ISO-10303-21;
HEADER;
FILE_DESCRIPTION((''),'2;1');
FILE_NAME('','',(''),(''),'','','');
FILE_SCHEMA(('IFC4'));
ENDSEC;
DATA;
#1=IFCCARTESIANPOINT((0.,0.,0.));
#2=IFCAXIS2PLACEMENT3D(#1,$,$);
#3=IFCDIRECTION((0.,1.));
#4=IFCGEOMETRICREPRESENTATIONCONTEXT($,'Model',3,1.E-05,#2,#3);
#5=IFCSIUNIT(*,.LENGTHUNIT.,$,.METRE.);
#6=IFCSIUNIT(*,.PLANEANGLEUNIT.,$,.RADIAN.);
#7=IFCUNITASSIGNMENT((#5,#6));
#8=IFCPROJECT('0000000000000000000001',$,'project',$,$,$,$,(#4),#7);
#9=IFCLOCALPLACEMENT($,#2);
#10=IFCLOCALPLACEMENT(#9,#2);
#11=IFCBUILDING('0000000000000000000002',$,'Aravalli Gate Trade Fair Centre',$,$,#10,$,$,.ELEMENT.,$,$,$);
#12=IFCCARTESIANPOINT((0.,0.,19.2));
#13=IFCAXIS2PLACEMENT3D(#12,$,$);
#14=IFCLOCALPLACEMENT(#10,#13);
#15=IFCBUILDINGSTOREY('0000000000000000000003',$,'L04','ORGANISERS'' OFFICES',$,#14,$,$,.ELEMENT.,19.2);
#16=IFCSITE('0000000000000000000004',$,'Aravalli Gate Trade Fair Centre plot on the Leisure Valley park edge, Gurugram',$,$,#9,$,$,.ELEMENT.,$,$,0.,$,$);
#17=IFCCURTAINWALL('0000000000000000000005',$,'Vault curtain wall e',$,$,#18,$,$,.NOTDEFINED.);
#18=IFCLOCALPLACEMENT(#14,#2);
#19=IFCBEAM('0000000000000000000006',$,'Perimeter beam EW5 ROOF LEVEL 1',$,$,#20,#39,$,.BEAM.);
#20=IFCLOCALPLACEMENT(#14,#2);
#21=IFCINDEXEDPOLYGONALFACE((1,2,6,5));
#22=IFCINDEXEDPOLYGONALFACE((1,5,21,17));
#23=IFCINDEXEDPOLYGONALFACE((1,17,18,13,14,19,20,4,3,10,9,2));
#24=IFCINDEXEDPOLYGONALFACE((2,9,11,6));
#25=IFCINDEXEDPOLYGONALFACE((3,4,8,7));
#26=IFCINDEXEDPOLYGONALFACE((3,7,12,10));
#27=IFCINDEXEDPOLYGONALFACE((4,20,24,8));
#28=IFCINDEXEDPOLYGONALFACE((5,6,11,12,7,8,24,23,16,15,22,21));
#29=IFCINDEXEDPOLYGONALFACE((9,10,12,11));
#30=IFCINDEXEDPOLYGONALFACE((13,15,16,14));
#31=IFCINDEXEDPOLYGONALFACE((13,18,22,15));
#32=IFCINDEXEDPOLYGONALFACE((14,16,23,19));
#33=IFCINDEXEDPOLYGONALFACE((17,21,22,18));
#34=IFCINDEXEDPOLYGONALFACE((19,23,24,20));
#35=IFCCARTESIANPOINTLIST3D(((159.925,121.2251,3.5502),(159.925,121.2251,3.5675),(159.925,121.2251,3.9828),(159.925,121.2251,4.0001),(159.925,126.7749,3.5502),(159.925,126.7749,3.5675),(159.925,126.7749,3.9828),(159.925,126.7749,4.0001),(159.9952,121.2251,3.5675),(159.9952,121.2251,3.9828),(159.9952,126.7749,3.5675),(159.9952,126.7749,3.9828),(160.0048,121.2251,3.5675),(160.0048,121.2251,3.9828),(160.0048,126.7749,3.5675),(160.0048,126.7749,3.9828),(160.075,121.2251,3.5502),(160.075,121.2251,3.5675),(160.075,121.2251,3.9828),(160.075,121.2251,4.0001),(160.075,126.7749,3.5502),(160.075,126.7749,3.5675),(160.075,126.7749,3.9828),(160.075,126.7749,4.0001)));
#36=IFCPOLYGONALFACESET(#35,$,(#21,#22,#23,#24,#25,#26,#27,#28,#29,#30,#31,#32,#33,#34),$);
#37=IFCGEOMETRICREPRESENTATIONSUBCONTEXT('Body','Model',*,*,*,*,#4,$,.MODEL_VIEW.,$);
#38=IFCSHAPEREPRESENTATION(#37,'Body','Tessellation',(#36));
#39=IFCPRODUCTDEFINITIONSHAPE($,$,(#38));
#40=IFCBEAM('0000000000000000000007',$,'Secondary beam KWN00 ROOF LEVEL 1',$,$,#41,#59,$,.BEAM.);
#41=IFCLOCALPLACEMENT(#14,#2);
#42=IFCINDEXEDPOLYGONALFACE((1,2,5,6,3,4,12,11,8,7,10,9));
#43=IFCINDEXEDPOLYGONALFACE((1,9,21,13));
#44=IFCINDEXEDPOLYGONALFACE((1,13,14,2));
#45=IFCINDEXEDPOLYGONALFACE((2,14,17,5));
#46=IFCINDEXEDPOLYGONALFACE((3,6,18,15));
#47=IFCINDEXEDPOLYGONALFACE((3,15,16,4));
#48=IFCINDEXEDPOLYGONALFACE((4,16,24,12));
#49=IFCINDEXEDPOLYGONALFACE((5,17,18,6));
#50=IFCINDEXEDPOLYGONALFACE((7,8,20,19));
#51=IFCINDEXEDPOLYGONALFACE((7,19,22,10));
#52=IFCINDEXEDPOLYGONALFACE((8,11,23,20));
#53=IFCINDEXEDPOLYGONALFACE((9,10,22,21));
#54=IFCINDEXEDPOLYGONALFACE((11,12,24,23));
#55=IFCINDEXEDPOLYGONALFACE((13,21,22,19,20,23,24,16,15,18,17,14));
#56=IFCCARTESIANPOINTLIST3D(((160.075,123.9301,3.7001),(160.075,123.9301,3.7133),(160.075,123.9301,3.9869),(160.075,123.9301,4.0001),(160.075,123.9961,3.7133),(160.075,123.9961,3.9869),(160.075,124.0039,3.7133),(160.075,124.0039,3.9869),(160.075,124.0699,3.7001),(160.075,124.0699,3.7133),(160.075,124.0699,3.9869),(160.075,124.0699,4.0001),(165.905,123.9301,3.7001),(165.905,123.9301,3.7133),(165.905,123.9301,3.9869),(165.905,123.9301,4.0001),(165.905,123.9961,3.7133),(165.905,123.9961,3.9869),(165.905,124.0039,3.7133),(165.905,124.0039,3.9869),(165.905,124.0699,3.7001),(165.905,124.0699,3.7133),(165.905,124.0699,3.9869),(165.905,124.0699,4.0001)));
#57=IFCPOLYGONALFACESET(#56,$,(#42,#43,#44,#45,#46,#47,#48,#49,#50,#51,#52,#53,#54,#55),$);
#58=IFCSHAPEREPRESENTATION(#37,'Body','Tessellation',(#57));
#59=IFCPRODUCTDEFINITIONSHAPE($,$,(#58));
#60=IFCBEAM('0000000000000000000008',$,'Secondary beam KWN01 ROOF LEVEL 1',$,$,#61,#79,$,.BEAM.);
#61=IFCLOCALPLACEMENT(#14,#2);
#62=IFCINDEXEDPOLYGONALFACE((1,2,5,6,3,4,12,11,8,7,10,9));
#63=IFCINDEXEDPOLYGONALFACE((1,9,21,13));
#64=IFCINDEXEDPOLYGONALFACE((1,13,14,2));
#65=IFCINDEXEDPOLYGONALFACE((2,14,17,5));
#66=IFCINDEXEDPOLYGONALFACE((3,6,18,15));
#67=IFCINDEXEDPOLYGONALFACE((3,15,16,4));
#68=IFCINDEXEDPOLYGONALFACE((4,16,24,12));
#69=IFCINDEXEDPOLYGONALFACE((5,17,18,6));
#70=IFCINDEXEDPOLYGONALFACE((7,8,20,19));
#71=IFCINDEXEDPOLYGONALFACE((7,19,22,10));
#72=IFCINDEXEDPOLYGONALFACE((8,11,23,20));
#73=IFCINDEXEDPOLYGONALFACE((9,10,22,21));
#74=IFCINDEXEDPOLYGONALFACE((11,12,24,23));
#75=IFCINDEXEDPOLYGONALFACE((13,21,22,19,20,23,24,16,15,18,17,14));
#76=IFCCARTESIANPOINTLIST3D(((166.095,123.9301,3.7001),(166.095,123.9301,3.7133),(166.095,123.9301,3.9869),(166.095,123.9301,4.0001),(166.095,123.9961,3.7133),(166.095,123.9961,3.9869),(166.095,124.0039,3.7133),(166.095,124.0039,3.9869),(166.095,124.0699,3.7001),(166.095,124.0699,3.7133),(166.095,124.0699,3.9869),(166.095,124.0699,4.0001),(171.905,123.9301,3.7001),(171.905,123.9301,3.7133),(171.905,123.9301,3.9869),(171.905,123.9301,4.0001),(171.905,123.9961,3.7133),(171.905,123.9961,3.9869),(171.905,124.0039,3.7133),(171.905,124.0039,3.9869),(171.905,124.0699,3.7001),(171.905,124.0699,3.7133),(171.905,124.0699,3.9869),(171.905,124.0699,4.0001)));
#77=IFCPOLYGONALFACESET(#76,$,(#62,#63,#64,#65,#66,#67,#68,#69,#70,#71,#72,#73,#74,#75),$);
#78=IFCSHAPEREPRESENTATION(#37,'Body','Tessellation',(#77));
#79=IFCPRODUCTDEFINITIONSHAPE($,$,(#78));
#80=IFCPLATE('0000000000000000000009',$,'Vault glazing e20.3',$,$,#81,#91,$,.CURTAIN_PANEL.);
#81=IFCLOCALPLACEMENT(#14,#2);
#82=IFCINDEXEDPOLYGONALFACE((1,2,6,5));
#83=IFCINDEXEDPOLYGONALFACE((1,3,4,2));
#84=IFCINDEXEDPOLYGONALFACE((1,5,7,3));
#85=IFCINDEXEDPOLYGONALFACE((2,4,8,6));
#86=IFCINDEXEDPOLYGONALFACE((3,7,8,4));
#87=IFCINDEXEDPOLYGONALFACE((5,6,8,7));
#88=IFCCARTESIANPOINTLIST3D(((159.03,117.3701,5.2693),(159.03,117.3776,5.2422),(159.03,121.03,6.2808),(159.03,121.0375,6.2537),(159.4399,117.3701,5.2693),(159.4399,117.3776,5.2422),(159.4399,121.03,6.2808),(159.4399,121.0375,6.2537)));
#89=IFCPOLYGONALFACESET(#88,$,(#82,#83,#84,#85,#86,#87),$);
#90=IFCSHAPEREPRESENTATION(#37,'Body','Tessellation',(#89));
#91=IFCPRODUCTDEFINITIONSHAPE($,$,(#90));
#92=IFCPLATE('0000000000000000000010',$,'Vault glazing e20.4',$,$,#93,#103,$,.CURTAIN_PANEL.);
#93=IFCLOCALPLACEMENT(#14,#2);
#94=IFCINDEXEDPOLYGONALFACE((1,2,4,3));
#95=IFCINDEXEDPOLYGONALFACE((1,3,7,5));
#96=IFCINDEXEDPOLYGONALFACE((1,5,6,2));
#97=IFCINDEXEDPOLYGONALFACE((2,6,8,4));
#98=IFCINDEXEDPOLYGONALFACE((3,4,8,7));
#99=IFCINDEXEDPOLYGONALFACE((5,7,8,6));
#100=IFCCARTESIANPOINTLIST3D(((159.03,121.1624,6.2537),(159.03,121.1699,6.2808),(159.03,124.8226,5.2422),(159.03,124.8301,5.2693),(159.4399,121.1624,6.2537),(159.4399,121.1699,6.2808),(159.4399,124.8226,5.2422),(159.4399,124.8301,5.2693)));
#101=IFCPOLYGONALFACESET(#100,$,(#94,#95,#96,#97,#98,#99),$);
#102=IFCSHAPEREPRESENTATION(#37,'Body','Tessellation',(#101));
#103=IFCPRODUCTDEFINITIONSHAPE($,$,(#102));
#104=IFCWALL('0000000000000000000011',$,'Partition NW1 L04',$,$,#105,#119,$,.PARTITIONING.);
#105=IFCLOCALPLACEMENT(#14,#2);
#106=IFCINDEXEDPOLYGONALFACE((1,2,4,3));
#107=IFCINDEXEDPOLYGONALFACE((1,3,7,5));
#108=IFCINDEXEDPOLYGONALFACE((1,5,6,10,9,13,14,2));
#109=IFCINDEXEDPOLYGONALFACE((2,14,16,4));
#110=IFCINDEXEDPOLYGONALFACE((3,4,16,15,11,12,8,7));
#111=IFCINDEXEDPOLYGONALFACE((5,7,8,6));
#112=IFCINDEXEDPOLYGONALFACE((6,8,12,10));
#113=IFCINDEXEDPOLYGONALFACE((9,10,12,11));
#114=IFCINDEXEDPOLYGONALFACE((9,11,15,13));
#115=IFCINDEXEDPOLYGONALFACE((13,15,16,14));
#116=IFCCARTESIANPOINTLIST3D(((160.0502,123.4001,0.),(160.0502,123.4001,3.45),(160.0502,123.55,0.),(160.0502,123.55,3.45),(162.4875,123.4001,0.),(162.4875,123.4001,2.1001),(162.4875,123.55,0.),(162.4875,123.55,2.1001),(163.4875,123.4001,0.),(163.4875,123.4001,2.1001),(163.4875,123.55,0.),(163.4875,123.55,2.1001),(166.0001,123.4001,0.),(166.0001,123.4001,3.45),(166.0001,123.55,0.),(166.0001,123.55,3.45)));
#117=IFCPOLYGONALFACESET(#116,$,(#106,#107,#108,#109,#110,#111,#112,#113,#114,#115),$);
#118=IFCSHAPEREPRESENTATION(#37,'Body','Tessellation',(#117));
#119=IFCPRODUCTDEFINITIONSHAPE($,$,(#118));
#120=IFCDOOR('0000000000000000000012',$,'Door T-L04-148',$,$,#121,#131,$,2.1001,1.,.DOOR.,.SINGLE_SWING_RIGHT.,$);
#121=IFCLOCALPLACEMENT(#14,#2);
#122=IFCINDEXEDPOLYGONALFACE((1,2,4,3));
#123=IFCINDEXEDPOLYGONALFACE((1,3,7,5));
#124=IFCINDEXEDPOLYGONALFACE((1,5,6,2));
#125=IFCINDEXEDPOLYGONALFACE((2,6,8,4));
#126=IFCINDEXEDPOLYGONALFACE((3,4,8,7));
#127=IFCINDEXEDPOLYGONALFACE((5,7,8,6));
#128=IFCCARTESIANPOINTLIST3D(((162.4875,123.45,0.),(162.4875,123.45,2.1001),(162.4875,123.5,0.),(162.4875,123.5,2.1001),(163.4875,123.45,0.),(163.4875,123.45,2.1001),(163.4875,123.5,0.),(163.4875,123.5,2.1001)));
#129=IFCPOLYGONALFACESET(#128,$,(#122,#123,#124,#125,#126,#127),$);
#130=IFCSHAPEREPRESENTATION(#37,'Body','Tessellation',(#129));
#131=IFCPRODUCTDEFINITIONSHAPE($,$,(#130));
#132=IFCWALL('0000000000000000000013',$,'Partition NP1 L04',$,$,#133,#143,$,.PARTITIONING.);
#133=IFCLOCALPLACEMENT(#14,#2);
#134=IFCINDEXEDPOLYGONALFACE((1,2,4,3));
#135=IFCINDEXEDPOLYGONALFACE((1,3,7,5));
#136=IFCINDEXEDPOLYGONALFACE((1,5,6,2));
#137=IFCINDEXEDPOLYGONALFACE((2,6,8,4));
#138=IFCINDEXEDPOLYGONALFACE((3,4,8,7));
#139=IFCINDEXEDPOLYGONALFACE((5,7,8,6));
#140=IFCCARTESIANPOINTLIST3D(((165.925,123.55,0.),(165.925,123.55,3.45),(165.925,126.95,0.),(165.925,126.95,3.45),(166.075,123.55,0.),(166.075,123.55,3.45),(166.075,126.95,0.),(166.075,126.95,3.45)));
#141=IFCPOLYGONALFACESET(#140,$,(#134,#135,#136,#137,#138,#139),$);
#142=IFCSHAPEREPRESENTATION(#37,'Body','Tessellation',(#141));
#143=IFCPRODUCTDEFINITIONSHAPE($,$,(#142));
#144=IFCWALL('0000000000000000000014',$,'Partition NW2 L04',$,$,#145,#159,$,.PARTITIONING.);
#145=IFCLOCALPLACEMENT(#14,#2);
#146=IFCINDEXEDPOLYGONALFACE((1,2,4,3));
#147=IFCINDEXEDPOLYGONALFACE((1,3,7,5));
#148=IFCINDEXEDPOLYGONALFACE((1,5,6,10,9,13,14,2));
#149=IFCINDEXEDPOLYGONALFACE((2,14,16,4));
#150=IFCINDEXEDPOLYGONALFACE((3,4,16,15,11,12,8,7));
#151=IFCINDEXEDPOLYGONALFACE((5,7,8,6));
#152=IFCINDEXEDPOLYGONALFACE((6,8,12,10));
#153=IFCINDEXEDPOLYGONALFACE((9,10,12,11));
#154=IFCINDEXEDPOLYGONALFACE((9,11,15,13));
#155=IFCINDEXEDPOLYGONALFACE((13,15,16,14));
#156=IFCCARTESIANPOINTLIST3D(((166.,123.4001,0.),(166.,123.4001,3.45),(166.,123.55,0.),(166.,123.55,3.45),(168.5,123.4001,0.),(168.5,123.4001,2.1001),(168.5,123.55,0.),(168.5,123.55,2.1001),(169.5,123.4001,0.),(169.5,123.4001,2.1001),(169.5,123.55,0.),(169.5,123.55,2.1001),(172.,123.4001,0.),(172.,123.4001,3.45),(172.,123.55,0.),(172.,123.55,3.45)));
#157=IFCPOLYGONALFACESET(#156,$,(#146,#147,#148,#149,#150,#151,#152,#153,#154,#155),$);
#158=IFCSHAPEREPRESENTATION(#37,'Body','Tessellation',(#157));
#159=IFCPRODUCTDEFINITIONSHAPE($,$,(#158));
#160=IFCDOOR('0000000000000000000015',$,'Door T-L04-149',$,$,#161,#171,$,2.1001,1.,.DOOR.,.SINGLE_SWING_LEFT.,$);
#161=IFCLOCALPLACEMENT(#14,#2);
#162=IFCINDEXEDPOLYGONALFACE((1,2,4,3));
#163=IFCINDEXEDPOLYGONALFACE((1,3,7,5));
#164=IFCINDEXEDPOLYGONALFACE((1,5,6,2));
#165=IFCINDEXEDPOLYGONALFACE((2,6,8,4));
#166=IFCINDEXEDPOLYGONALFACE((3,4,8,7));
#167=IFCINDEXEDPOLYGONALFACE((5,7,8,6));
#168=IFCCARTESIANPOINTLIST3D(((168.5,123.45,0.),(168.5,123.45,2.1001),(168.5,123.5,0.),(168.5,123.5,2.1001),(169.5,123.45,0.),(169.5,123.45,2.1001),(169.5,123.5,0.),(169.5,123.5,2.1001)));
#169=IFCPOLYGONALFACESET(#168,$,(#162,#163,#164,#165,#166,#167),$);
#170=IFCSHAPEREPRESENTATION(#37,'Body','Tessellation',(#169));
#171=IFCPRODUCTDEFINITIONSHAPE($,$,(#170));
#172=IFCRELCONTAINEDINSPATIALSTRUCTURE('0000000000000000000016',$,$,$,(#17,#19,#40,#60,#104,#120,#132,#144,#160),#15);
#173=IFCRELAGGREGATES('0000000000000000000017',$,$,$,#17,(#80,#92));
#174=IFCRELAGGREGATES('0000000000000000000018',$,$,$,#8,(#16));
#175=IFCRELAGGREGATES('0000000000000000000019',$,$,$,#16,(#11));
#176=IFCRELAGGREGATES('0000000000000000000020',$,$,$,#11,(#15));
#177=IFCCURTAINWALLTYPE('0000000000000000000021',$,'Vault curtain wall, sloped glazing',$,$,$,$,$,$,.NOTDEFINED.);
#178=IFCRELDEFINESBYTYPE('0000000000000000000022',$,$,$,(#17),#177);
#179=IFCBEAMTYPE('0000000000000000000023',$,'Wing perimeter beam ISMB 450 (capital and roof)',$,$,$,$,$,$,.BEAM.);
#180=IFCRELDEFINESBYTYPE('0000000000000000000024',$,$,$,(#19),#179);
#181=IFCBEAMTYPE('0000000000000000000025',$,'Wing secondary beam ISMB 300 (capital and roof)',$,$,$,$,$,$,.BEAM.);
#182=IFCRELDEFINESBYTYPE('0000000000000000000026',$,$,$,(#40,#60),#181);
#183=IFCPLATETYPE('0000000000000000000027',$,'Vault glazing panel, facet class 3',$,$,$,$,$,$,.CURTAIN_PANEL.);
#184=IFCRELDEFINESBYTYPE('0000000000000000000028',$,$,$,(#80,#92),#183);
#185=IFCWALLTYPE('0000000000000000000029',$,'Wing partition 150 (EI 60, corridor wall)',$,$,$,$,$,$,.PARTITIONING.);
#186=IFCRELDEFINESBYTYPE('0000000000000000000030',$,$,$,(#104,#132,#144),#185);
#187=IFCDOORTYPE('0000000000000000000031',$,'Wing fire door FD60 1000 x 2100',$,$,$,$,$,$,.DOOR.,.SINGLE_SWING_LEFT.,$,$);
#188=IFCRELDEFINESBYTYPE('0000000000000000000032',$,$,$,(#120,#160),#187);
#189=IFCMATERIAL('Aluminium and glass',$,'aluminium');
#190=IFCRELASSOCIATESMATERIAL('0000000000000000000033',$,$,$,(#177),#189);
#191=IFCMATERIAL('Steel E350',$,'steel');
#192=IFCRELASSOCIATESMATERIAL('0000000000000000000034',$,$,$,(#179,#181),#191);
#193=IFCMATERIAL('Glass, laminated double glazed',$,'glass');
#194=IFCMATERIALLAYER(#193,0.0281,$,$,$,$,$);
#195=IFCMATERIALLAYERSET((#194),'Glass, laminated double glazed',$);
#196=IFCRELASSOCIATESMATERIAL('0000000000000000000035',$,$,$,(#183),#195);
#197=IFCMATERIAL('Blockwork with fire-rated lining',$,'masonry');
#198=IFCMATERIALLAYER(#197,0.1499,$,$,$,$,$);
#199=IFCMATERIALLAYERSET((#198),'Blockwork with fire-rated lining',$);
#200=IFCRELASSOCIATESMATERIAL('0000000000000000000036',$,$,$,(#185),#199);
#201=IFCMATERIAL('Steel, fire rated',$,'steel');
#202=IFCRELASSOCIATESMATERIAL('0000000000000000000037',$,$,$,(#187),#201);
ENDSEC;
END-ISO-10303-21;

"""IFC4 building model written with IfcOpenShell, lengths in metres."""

from ifc_helpers import new_model, si_unit, direction, frame, frame_2d, origin, origin_2d, place, context, subcontext, project, spatial, polyline, rectangle, i_section, outline, extrude, material, layer, layer_set, material_profile, profile_set, type_object, element, fill, aggregate, save


model = new_model("IFC4")

# Units and contexts
model_context = context("Model", 3, precision=1e-05, world=origin(), true_north=direction((0.0, 1.0)))
body_context = subcontext(model_context, "Body", "Model", "MODEL_VIEW")
ifc_project = project(units=[si_unit("LENGTHUNIT", "METRE"), si_unit("PLANEANGLEUNIT", "RADIAN")], contexts=[model_context])

# Site, building, storey
site_placement = place(None, origin())
site = spatial("IfcSite", under=ifc_project, at=site_placement, Name="Aravalli Gate Trade Fair Centre plot on the Leisure Valley park edge, Gurugram", CompositionType="ELEMENT", RefElevation=0.0)
building_placement = place(site_placement, origin())
building = spatial("IfcBuilding", under=site, at=building_placement, Name="Aravalli Gate Trade Fair Centre", CompositionType="ELEMENT")
storey_placement = place(building_placement, frame((0.0, 0.0, 19.2)))
storey = spatial("IfcBuildingStorey", under=building, at=storey_placement, Name="L04", Description="ORGANISERS' OFFICES", CompositionType="ELEMENT", Elevation=19.2)

# Shared definitions
ifc_material_1 = material(Name="Steel E350", Category="steel")

# Curtain wall
ifc_material_2 = material(Name="Aluminium and glass", Category="aluminium")
curtain_wall_type = type_object("IfcCurtainWallType", Name="Vault curtain wall, sloped glazing", PredefinedType="NOTDEFINED", material=ifc_material_2)
curtain_wall_placement = place(storey_placement, origin())
curtain_wall = element("IfcCurtainWall", 1, at=curtain_wall_placement, inside=storey, type_object=curtain_wall_type, Name="Vault curtain wall e", PredefinedType="NOTDEFINED")

# Beams
ifc_material_profile_1 = material_profile(ifc_material_1, i_section(OverallWidth=0.1499, OverallDepth=0.45, WebThickness=0.0095, FlangeThickness=0.0173, at=origin_2d()), Name="ISMB 450")
ifc_profile_set_1 = profile_set([ifc_material_profile_1], Name="Steel E350")
beam_type_1 = type_object("IfcBeamType", Name="Wing perimeter beam ISMB 450 (capital and roof)", PredefinedType="BEAM", material=ifc_profile_set_1)
beam_1_placement = place(storey_placement, frame((160.0, 121.2251, 3.7751), z_axis=(0.0, 1.0, 0.0), x_axis=(-1.0, 0.0, 0.0)))
element("IfcBeam", 2, at=beam_1_placement, inside=storey, type_object=beam_type_1, Name="Perimeter beam EW5 ROOF LEVEL 1", PredefinedType="BEAM", context=body_context, shape_type="SweptSolid", body=[
    extrude(i_section(OverallWidth=0.1499, OverallDepth=0.45, WebThickness=0.0095, FlangeThickness=0.0173, at=origin_2d()), origin(), (0.0, 0.0, 1.0), 5.5498),
])
ifc_material_profile_2 = material_profile(ifc_material_1, i_section(OverallWidth=0.1399, OverallDepth=0.3, WebThickness=0.0078, FlangeThickness=0.0132, at=origin_2d()), Name="ISMB 300")
ifc_profile_set_2 = profile_set([ifc_material_profile_2], Name="Steel E350")
beam_type_2 = type_object("IfcBeamType", Name="Wing secondary beam ISMB 300 (capital and roof)", PredefinedType="BEAM", material=ifc_profile_set_2)
beam_2_placement = place(storey_placement, frame((160.075, 124.0, 3.8501), z_axis=(1.0, 0.0, 0.0), x_axis=(0.0, 1.0, 0.0)))
element("IfcBeam", 3, at=beam_2_placement, inside=storey, type_object=beam_type_2, Name="Secondary beam KWN00 ROOF LEVEL 1", PredefinedType="BEAM", context=body_context, shape_type="SweptSolid", body=[
    extrude(i_section(OverallWidth=0.1399, OverallDepth=0.3, WebThickness=0.0078, FlangeThickness=0.0132, at=origin_2d()), origin(), (0.0, 0.0, 1.0), 5.8301),
])
beam_3_placement = place(storey_placement, frame((166.095, 124.0, 3.8501), z_axis=(1.0, 0.0, 0.0), x_axis=(0.0, 1.0, 0.0)))
element("IfcBeam", 4, at=beam_3_placement, inside=storey, type_object=beam_type_2, Name="Secondary beam KWN01 ROOF LEVEL 1", PredefinedType="BEAM", context=body_context, shape_type="SweptSolid", body=[
    extrude(i_section(OverallWidth=0.1399, OverallDepth=0.3, WebThickness=0.0078, FlangeThickness=0.0132, at=origin_2d()), origin(), (0.0, 0.0, 1.0), 5.8101),
])

# Plates
ifc_material_3 = material(Name="Glass, laminated double glazed", Category="glass")
ifc_layer_1 = layer(ifc_material_3, 0.0281)
ifc_layer_set_1 = layer_set([ifc_layer_1], Name="Glass, laminated double glazed")
plate_type = type_object("IfcPlateType", Name="Vault glazing panel, facet class 3", PredefinedType="CURTAIN_PANEL", material=ifc_layer_set_1)
plate_1_placement = place(storey_placement, frame((159.03, 117.3701, 5.2693), z_axis=(0.0, -0.26638, 0.963868), x_axis=(1.0, 0.0, 0.0)))
plate_1 = element("IfcPlate", 5, at=plate_1_placement, type_object=plate_type, Name="Vault glazing e20.3", PredefinedType="CURTAIN_PANEL", context=body_context, shape_type="SweptSolid", body=[
    extrude(outline(polyline([(0.0, 0.0), (0.4099, 0.0), (0.4099, 3.7971), (0.0, 3.7971), (0.0, 0.0)])), origin(), (0.0, 0.0, -1.0), 0.0281),
])
plate_2_placement = place(storey_placement, frame((159.03, 121.1699, 6.2808), z_axis=(0.0, 0.266364, 0.963873), x_axis=(1.0, 0.0, 0.0)))
plate_2 = element("IfcPlate", 6, at=plate_2_placement, type_object=plate_type, Name="Vault glazing e20.4", PredefinedType="CURTAIN_PANEL", context=body_context, shape_type="SweptSolid", body=[
    extrude(outline(polyline([(0.0, 0.0), (0.4099, 0.0), (0.4099, 3.7973), (0.0, 3.7973), (0.0, 0.0)])), origin(), (0.0, 0.0, -1.0), 0.0281),
])
aggregate(curtain_wall, [plate_1, plate_2])

# Wall, opening, door
ifc_material_4 = material(Name="Blockwork with fire-rated lining", Category="masonry")
ifc_layer_2 = layer(ifc_material_4, 0.1499)
ifc_layer_set_2 = layer_set([ifc_layer_2], Name="Blockwork with fire-rated lining")
wall_type_1 = type_object("IfcWallType", Name="Wing partition 150 (EI 60, corridor wall)", PredefinedType="PARTITIONING", material=ifc_layer_set_2)
wall_1_placement = place(storey_placement, frame((160.05, 123.4751, 0.0), z_axis=(0.0, 0.0, 1.0), x_axis=(1.0, 0.0, 0.0)))
wall_1 = element("IfcWall", 7, at=wall_1_placement, inside=storey, type_object=wall_type_1, Name="Partition NW1 L04", PredefinedType="PARTITIONING", context=body_context, shape_type="SweptSolid", body=[
    extrude(rectangle(XDim=5.95, YDim=0.1499, at=frame_2d((2.9751, 0.0))), origin(), (0.0, 0.0, 1.0), 3.45),
])
opening_1_placement = place(wall_1_placement, frame((2.4375, 0.0, 0.0)))
opening_1 = element("IfcOpeningElement", 8, at=opening_1_placement, cuts=wall_1, PredefinedType="OPENING", context=body_context, shape_type="SweptSolid", body=[
    extrude(rectangle(XDim=1.0, YDim=2.1001, at=frame_2d((0.5, 1.05))), frame((0.0, 0.085, 0.0), z_axis=(0.0, -1.0, 0.0), x_axis=(1.0, 0.0, 0.0)), (0.0, 0.0, 1.0), 0.1699),
])
ifc_material_5 = material(Name="Steel, fire rated", Category="steel")
door_type = type_object("IfcDoorType", Name="Wing fire door FD60 1000 x 2100", OperationType="SINGLE_SWING_LEFT", PredefinedType="DOOR", material=ifc_material_5)
door_1_placement = place(opening_1_placement, origin())
door_1 = element("IfcDoor", 9, at=door_1_placement, inside=storey, type_object=door_type, Name="Door T-L04-148", OperationType="SINGLE_SWING_RIGHT", OverallHeight=2.1001, OverallWidth=1.0, PredefinedType="DOOR", context=body_context, shape_type="SweptSolid", body=[
    extrude(rectangle(XDim=1.0, YDim=2.1001, at=frame_2d((0.5, 1.05))), frame((0.0, 0.0249, 0.0), z_axis=(0.0, -1.0, 0.0), x_axis=(1.0, 0.0, 0.0)), (0.0, 0.0, 1.0), 0.05),
])
fill(opening_1, door_1)

# Wall
wall_2_placement = place(storey_placement, frame((166.0, 123.55, 0.0), z_axis=(0.0, 0.0, 1.0), x_axis=(0.0, 1.0, 0.0)))
element("IfcWall", 10, at=wall_2_placement, inside=storey, type_object=wall_type_1, Name="Partition NP1 L04", PredefinedType="PARTITIONING", context=body_context, shape_type="SweptSolid", body=[
    extrude(rectangle(XDim=3.3999, YDim=0.1499, at=frame_2d((1.7, 0.0))), origin(), (0.0, 0.0, 1.0), 3.45),
])

# Wall, opening, door
wall_3_placement = place(storey_placement, frame((166.0, 123.4751, 0.0), z_axis=(0.0, 0.0, 1.0), x_axis=(1.0, 0.0, 0.0)))
wall_3 = element("IfcWall", 11, at=wall_3_placement, inside=storey, type_object=wall_type_1, Name="Partition NW2 L04", PredefinedType="PARTITIONING", context=body_context, shape_type="SweptSolid", body=[
    extrude(rectangle(XDim=6.0, YDim=0.1499, at=frame_2d((3.0, 0.0))), origin(), (0.0, 0.0, 1.0), 3.45),
])
opening_2_placement = place(wall_3_placement, frame((2.5, 0.0, 0.0)))
opening_2 = element("IfcOpeningElement", 12, at=opening_2_placement, cuts=wall_3, PredefinedType="OPENING", context=body_context, shape_type="SweptSolid", body=[
    extrude(rectangle(XDim=1.0, YDim=2.1001, at=frame_2d((0.5, 1.05))), frame((0.0, 0.085, 0.0), z_axis=(0.0, -1.0, 0.0), x_axis=(1.0, 0.0, 0.0)), (0.0, 0.0, 1.0), 0.1699),
])
door_2_placement = place(opening_2_placement, origin())
door_2 = element("IfcDoor", 13, at=door_2_placement, inside=storey, type_object=door_type, Name="Door T-L04-149", OperationType="SINGLE_SWING_LEFT", OverallHeight=2.1001, OverallWidth=1.0, PredefinedType="DOOR", context=body_context, shape_type="SweptSolid", body=[
    extrude(rectangle(XDim=1.0, YDim=2.1001, at=frame_2d((0.5, 1.05))), frame((0.0, 0.0249, 0.0), z_axis=(0.0, -1.0, 0.0), x_axis=(1.0, 0.0, 0.0)), (0.0, 0.0, 1.0), 0.05),
])
fill(opening_2, door_2)

save(model, "model.ifc")
